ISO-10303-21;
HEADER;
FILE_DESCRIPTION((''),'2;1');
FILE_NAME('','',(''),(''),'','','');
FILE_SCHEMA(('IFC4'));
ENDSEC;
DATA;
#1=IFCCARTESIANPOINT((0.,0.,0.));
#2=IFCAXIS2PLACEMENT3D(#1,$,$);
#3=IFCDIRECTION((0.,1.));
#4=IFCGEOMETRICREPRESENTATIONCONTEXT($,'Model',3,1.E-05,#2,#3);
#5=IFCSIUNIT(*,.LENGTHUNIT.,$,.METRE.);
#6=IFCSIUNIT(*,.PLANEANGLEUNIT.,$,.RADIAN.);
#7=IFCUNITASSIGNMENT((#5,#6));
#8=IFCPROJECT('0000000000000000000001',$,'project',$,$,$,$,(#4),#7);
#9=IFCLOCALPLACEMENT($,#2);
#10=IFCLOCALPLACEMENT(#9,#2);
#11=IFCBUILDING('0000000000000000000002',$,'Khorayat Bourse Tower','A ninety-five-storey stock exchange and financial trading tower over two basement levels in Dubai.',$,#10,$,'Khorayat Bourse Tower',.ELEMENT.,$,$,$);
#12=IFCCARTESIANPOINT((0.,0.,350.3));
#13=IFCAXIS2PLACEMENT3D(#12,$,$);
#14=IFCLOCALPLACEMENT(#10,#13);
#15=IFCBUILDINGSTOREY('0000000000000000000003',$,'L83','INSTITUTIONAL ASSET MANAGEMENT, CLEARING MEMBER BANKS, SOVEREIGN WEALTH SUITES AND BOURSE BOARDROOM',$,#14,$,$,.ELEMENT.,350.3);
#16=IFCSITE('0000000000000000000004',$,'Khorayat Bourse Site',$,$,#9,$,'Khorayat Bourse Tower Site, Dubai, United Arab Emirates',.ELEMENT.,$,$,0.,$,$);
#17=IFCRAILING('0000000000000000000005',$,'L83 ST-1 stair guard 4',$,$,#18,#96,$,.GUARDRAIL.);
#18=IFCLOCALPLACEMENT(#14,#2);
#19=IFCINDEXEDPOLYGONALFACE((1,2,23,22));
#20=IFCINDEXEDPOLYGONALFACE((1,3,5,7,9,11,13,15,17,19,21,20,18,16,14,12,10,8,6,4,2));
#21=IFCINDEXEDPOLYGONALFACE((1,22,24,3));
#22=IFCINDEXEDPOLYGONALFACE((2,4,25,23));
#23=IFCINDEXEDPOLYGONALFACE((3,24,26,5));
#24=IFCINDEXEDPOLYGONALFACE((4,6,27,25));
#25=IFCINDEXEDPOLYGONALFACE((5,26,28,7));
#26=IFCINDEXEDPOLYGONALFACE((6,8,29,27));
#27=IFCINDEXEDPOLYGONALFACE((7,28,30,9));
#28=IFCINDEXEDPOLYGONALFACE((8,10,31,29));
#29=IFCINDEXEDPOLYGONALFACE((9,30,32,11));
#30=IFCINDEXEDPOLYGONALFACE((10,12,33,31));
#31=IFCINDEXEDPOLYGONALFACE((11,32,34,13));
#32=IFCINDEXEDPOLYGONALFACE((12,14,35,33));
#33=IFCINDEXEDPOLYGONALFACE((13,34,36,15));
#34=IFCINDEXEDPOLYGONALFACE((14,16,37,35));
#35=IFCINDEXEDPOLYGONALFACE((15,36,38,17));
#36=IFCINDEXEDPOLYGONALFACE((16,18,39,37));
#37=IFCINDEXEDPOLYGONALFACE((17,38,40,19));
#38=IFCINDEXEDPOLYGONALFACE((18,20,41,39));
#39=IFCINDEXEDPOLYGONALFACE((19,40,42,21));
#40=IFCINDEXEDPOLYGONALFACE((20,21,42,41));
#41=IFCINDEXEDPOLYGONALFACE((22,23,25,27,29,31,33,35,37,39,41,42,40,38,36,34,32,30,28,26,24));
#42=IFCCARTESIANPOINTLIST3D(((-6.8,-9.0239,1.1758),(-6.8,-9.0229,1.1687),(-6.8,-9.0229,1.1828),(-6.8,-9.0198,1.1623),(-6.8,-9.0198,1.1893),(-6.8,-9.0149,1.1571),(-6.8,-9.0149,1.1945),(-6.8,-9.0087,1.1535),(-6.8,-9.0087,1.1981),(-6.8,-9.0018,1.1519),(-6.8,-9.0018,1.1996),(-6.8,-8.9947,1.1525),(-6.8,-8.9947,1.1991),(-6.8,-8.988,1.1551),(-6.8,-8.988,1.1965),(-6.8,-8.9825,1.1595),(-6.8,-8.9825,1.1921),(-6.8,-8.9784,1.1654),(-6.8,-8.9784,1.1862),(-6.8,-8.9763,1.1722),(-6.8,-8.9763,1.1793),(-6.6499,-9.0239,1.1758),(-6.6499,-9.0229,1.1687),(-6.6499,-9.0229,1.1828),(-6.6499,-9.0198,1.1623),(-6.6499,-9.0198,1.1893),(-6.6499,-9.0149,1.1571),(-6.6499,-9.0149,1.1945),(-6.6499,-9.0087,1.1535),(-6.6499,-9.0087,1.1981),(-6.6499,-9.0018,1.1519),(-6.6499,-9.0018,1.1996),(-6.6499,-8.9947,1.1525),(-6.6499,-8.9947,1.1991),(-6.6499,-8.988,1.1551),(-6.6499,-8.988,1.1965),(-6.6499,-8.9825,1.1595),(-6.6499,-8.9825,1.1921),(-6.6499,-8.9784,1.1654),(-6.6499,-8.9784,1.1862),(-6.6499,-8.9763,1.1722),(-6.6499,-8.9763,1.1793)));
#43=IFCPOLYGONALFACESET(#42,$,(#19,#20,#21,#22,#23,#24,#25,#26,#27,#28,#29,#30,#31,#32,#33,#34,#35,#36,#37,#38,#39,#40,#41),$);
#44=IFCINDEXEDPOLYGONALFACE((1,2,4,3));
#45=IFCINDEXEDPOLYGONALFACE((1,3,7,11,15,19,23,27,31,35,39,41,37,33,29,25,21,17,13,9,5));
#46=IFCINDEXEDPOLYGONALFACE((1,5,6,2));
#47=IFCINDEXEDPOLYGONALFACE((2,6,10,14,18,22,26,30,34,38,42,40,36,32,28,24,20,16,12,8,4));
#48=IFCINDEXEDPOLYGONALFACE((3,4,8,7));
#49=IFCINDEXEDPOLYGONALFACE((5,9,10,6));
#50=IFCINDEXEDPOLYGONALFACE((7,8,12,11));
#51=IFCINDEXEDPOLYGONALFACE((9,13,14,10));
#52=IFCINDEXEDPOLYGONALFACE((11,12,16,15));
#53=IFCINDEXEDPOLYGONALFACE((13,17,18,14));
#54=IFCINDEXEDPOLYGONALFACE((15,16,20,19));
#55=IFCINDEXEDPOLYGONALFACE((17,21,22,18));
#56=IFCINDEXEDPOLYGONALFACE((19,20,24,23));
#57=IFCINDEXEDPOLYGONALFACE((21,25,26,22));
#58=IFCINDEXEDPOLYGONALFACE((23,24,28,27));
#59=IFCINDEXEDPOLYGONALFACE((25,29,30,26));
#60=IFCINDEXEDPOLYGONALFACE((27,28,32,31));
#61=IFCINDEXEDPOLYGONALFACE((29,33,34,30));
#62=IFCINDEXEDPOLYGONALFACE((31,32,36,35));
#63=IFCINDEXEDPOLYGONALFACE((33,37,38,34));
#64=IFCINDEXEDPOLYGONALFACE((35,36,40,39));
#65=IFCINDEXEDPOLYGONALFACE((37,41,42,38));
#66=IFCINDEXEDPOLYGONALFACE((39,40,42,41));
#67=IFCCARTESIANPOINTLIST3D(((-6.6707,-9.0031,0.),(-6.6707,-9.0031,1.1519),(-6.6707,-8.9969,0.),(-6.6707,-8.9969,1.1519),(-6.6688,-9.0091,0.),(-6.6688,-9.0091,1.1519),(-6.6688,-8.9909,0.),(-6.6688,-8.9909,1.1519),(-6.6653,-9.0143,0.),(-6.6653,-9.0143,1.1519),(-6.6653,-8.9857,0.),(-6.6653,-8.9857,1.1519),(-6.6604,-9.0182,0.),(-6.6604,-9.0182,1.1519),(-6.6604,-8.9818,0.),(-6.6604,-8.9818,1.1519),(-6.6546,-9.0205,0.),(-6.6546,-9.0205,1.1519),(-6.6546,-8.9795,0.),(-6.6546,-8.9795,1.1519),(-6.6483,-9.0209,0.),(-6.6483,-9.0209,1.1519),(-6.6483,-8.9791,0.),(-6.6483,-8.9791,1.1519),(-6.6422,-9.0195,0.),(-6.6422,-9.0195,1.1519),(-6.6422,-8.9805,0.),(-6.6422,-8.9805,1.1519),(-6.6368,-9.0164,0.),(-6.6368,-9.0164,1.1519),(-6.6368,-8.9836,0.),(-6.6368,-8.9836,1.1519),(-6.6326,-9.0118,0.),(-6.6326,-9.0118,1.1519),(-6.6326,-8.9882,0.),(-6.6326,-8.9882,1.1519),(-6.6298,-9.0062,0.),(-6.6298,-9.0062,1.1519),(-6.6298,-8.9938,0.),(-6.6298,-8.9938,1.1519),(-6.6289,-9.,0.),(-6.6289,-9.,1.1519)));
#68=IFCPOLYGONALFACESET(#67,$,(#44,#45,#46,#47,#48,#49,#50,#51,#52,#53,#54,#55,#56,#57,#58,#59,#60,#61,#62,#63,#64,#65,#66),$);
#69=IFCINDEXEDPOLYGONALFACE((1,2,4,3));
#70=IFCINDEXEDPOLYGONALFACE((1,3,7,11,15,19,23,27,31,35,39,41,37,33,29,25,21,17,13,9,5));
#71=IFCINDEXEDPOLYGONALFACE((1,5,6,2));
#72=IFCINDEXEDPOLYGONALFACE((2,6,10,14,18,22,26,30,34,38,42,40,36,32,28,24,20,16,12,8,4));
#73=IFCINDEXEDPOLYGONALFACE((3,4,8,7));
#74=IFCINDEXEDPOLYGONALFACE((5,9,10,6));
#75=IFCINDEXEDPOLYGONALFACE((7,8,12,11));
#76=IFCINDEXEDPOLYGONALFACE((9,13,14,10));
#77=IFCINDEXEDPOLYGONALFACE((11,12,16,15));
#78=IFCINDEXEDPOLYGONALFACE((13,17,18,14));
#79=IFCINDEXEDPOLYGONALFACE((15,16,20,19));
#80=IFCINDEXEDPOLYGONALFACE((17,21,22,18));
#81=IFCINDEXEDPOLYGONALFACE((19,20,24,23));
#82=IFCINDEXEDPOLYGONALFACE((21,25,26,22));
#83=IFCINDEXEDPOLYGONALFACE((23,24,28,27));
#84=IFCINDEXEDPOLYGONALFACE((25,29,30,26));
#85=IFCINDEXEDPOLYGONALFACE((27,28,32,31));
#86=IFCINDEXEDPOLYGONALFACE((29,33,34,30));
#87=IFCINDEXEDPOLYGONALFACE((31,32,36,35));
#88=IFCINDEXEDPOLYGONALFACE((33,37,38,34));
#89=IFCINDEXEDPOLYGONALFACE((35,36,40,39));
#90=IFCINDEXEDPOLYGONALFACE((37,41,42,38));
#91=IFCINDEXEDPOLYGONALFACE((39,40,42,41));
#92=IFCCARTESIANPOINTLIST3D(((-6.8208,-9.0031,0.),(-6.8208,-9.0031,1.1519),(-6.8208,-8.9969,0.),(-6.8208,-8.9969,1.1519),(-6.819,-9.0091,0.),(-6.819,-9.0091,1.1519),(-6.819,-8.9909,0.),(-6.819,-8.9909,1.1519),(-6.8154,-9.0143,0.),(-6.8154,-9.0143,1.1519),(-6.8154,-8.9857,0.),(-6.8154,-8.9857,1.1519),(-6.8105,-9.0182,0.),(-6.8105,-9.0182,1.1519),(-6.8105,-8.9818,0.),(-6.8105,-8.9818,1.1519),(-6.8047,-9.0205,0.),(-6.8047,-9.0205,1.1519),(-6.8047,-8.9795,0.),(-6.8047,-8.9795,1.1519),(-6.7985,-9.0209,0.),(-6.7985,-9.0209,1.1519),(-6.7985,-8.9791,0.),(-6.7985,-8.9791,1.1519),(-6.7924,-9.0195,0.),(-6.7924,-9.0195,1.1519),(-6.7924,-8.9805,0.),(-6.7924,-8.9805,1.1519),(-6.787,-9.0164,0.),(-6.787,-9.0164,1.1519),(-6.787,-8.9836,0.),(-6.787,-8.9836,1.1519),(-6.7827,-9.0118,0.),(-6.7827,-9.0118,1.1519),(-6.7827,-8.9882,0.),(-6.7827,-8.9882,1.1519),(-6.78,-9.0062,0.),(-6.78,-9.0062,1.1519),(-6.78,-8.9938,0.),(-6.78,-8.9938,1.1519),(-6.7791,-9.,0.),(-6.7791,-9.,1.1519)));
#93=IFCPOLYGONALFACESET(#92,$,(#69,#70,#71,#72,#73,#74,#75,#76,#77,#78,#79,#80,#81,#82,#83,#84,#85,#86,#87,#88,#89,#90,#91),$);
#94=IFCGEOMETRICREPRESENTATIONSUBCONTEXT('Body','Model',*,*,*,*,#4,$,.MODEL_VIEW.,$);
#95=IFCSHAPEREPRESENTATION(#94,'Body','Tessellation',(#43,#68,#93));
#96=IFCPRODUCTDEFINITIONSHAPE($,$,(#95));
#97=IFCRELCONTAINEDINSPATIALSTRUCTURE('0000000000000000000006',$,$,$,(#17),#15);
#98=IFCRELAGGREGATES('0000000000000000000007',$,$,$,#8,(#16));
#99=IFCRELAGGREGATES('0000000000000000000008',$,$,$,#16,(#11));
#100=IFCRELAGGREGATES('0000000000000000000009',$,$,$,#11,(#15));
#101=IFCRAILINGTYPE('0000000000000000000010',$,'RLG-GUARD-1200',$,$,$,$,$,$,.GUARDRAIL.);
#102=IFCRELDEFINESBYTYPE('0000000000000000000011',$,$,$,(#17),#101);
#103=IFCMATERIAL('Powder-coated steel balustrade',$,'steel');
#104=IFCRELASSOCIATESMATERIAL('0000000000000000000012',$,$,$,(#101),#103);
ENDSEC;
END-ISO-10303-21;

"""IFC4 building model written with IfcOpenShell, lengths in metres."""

from ifc_helpers import new_model, si_unit, direction, frame, origin, origin_2d, place, context, subcontext, project, spatial, circle, extrude, source, transform, mapped, material, type_object, element, save


model = new_model("IFC4")

# Units and contexts
model_context = context("Model", 3, precision=1e-05, world=origin(), true_north=direction((0.0, 1.0)))
body_context = subcontext(model_context, "Body", "Model", "MODEL_VIEW")
ifc_project = project(units=[si_unit("LENGTHUNIT", "METRE"), si_unit("PLANEANGLEUNIT", "RADIAN")], contexts=[model_context])

# Site, building, storey
site_placement = place(None, origin())
site = spatial("IfcSite", under=ifc_project, at=site_placement, Name="Khorayat Bourse Site", LongName="Khorayat Bourse Tower Site, Dubai, United Arab Emirates", CompositionType="ELEMENT", RefElevation=0.0)
building_placement = place(site_placement, origin())
building = spatial("IfcBuilding", under=site, at=building_placement, Name="Khorayat Bourse Tower", Description="A ninety-five-storey stock exchange and financial trading tower over two basement levels in Dubai.", LongName="Khorayat Bourse Tower", CompositionType="ELEMENT")
storey_placement = place(building_placement, frame((0.0, 0.0, 350.3)))
storey = spatial("IfcBuildingStorey", under=building, at=storey_placement, Name="L83", Description="INSTITUTIONAL ASSET MANAGEMENT, CLEARING MEMBER BANKS, SOVEREIGN WEALTH SUITES AND BOURSE BOARDROOM", CompositionType="ELEMENT", Elevation=350.3)

# Railing
ifc_material_1 = material(Name="Powder-coated steel balustrade", Category="steel")
railing_type_1 = type_object("IfcRailingType", Name="RLG-GUARD-1200", PredefinedType="GUARDRAIL", material=ifc_material_1)
shared_shape_1 = source(origin(), body_context, "Body", "SweptSolid", [
    extrude(circle(Radius=0.0239, at=origin_2d()), frame((0.0, 0.0, 1.1758), z_axis=(-1.0, 0.0, 0.0), x_axis=(0.0, -1.0, 0.0)), (0.0, 0.0, 1.0), 0.1501),
    extrude(circle(Radius=0.021, at=origin_2d()), origin(), (0.0, 0.0, 1.0), 1.1519),
    extrude(circle(Radius=0.021, at=origin_2d()), frame((-0.1501, 0.0, 0.0)), (0.0, 0.0, 1.0), 1.1519),
])
for number, where, name in (
    (1, (-6.6499, -9.0, 0.0), "L83 ST-1 stair guard 4"),
):
    element("IfcRailing", number, at=place(storey_placement, frame(where)), inside=storey, type_object=railing_type_1, Name=name, PredefinedType="GUARDRAIL", context=body_context, shape_type="MappedRepresentation", body=[
        mapped(shared_shape_1, transform((0.0, 0.0, 0.0), scale=1.0)),
    ])

save(model, "model.ifc")
